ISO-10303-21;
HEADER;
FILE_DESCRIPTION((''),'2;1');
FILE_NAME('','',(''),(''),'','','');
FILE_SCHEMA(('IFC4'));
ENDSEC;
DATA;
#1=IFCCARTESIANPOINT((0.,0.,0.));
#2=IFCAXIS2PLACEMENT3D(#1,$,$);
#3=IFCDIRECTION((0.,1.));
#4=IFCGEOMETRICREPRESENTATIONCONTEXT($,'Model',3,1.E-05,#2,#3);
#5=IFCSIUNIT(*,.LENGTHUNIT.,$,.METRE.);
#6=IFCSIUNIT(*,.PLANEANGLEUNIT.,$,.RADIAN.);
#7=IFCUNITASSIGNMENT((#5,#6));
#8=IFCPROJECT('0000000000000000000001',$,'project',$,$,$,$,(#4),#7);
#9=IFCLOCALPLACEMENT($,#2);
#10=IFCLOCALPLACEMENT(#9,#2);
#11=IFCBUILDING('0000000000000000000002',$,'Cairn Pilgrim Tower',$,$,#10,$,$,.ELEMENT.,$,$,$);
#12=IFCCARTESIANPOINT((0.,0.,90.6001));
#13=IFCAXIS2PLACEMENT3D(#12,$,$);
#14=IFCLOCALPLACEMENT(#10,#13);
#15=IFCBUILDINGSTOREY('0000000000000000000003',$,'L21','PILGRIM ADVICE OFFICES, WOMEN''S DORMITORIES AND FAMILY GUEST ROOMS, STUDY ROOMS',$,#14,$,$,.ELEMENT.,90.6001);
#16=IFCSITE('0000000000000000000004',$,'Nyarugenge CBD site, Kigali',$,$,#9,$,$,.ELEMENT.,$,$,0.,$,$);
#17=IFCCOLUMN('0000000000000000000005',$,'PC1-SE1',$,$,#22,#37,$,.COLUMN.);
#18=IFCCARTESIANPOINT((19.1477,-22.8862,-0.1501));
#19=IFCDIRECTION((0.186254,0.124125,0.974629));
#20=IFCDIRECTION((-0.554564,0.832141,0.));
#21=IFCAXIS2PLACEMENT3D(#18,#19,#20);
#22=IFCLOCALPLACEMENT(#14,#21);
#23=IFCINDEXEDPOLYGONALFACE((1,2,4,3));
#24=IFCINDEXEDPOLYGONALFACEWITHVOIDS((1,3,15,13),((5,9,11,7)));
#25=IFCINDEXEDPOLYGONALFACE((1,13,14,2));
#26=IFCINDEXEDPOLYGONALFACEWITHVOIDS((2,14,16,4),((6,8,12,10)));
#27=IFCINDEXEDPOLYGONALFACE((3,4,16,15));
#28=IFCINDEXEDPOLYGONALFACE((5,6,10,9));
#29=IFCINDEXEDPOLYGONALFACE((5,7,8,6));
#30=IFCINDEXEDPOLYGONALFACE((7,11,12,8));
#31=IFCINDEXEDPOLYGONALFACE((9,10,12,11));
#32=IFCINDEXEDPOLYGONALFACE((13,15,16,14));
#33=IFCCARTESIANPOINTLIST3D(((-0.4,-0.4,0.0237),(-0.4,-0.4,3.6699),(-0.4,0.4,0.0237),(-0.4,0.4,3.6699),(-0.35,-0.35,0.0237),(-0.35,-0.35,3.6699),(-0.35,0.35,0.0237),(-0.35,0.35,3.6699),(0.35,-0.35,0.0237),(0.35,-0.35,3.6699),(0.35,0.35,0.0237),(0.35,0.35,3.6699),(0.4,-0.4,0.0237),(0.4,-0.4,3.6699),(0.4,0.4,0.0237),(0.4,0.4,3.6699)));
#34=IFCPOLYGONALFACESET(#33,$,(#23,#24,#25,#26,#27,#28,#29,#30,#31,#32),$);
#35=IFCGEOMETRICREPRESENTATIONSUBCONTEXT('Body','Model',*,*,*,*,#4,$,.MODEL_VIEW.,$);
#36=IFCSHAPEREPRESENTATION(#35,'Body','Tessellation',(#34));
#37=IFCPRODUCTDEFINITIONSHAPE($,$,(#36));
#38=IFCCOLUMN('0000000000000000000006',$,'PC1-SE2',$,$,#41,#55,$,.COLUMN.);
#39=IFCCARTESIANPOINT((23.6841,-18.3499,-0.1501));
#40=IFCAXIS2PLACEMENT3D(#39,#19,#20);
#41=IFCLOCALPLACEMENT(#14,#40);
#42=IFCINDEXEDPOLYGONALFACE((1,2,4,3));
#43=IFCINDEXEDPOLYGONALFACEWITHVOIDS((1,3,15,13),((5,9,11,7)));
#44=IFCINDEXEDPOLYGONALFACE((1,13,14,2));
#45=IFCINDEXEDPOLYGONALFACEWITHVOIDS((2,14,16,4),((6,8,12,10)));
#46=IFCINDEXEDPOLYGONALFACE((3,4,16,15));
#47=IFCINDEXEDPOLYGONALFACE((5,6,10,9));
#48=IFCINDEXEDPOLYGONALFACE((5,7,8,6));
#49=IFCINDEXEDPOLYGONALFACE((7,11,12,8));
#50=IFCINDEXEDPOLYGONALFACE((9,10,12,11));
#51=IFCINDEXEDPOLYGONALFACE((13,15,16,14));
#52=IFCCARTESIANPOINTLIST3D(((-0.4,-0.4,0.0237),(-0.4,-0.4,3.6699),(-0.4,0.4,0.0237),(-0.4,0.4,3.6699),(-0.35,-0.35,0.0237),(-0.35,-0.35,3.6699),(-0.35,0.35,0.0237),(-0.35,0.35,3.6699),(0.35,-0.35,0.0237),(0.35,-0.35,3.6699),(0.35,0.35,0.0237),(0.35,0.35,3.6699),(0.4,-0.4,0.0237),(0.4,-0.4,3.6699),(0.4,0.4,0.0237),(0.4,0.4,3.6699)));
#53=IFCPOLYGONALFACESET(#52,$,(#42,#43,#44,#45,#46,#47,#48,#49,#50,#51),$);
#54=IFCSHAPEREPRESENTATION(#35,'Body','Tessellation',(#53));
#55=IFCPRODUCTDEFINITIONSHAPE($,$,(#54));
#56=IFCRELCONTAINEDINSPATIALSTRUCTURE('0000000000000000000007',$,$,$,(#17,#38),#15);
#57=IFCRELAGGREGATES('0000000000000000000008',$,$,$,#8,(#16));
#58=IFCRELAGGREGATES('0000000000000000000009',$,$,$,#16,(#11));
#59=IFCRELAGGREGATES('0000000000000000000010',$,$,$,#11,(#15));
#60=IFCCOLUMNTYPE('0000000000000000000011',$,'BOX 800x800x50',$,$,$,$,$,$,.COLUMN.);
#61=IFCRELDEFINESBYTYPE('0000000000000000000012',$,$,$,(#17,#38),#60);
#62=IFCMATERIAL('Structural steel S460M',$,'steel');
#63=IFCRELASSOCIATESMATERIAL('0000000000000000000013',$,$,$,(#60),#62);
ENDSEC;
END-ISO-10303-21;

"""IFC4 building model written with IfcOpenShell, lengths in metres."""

from ifc_helpers import new_model, si_unit, direction, frame, origin, origin_2d, place, context, subcontext, project, spatial, hollow_rectangle, extrude, clip, halfspace, material, material_profile, profile_set, type_object, element, save


model = new_model("IFC4")

# Units and contexts
model_context = context("Model", 3, precision=1e-05, world=origin(), true_north=direction((0.0, 1.0)))
body_context = subcontext(model_context, "Body", "Model", "MODEL_VIEW")
ifc_project = project(units=[si_unit("LENGTHUNIT", "METRE"), si_unit("PLANEANGLEUNIT", "RADIAN")], contexts=[model_context])

# Site, building, storey
site_placement = place(None, origin())
site = spatial("IfcSite", under=ifc_project, at=site_placement, Name="Nyarugenge CBD site, Kigali", CompositionType="ELEMENT", RefElevation=0.0)
building_placement = place(site_placement, origin())
building = spatial("IfcBuilding", under=site, at=building_placement, Name="Cairn Pilgrim Tower", CompositionType="ELEMENT")
storey_placement = place(building_placement, frame((0.0, 0.0, 90.6001)))
storey = spatial("IfcBuildingStorey", under=building, at=storey_placement, Name="L21", Description="PILGRIM ADVICE OFFICES, WOMEN'S DORMITORIES AND FAMILY GUEST ROOMS, STUDY ROOMS", CompositionType="ELEMENT", Elevation=90.6001)

# Columns
ifc_material_1 = material(Name="Structural steel S460M", Category="steel")
ifc_material_profile_1 = material_profile(ifc_material_1, hollow_rectangle(XDim=0.8, YDim=0.8, WallThickness=0.05, at=origin_2d()), Name="BOX 800x800x50")
ifc_profile_set_1 = profile_set([ifc_material_profile_1], Name="Structural steel S460M")
column_type = type_object("IfcColumnType", Name="BOX 800x800x50", PredefinedType="COLUMN", material=ifc_profile_set_1)
for number, where, z_axis, x_axis, name in (
    (1, (19.1477, -22.8862, -0.1501), (0.186254, 0.124125, 0.974629), (-0.554564, 0.832141, 0.0), "PC1-SE1"),
    (2, (23.6841, -18.3499, -0.1501), (0.186254, 0.124125, 0.974629), (-0.554564, 0.832141, 0.0), "PC1-SE2"),
):
    element("IfcColumn", number, at=place(storey_placement, frame(where, z_axis=z_axis, x_axis=x_axis)), inside=storey, type_object=column_type, Name=name, PredefinedType="COLUMN", context=body_context, shape_type="Clipping", body=[
        clip(clip(extrude(hollow_rectangle(XDim=0.8, YDim=0.8, WallThickness=0.05, at=origin_2d()), origin(), (0.0, 0.0, 1.0), 3.6938), halfspace(frame((0.0, 0.0, 0.0237), z_axis=(0.0, 0.0, 1.0), x_axis=(1.0, 0.0, 0.0)), True)), halfspace(frame((0.0, 0.0, 3.6699), z_axis=(0.0, 0.0, 1.0), x_axis=(1.0, 0.0, 0.0)), False)),
    ])

save(model, "model.ifc")
